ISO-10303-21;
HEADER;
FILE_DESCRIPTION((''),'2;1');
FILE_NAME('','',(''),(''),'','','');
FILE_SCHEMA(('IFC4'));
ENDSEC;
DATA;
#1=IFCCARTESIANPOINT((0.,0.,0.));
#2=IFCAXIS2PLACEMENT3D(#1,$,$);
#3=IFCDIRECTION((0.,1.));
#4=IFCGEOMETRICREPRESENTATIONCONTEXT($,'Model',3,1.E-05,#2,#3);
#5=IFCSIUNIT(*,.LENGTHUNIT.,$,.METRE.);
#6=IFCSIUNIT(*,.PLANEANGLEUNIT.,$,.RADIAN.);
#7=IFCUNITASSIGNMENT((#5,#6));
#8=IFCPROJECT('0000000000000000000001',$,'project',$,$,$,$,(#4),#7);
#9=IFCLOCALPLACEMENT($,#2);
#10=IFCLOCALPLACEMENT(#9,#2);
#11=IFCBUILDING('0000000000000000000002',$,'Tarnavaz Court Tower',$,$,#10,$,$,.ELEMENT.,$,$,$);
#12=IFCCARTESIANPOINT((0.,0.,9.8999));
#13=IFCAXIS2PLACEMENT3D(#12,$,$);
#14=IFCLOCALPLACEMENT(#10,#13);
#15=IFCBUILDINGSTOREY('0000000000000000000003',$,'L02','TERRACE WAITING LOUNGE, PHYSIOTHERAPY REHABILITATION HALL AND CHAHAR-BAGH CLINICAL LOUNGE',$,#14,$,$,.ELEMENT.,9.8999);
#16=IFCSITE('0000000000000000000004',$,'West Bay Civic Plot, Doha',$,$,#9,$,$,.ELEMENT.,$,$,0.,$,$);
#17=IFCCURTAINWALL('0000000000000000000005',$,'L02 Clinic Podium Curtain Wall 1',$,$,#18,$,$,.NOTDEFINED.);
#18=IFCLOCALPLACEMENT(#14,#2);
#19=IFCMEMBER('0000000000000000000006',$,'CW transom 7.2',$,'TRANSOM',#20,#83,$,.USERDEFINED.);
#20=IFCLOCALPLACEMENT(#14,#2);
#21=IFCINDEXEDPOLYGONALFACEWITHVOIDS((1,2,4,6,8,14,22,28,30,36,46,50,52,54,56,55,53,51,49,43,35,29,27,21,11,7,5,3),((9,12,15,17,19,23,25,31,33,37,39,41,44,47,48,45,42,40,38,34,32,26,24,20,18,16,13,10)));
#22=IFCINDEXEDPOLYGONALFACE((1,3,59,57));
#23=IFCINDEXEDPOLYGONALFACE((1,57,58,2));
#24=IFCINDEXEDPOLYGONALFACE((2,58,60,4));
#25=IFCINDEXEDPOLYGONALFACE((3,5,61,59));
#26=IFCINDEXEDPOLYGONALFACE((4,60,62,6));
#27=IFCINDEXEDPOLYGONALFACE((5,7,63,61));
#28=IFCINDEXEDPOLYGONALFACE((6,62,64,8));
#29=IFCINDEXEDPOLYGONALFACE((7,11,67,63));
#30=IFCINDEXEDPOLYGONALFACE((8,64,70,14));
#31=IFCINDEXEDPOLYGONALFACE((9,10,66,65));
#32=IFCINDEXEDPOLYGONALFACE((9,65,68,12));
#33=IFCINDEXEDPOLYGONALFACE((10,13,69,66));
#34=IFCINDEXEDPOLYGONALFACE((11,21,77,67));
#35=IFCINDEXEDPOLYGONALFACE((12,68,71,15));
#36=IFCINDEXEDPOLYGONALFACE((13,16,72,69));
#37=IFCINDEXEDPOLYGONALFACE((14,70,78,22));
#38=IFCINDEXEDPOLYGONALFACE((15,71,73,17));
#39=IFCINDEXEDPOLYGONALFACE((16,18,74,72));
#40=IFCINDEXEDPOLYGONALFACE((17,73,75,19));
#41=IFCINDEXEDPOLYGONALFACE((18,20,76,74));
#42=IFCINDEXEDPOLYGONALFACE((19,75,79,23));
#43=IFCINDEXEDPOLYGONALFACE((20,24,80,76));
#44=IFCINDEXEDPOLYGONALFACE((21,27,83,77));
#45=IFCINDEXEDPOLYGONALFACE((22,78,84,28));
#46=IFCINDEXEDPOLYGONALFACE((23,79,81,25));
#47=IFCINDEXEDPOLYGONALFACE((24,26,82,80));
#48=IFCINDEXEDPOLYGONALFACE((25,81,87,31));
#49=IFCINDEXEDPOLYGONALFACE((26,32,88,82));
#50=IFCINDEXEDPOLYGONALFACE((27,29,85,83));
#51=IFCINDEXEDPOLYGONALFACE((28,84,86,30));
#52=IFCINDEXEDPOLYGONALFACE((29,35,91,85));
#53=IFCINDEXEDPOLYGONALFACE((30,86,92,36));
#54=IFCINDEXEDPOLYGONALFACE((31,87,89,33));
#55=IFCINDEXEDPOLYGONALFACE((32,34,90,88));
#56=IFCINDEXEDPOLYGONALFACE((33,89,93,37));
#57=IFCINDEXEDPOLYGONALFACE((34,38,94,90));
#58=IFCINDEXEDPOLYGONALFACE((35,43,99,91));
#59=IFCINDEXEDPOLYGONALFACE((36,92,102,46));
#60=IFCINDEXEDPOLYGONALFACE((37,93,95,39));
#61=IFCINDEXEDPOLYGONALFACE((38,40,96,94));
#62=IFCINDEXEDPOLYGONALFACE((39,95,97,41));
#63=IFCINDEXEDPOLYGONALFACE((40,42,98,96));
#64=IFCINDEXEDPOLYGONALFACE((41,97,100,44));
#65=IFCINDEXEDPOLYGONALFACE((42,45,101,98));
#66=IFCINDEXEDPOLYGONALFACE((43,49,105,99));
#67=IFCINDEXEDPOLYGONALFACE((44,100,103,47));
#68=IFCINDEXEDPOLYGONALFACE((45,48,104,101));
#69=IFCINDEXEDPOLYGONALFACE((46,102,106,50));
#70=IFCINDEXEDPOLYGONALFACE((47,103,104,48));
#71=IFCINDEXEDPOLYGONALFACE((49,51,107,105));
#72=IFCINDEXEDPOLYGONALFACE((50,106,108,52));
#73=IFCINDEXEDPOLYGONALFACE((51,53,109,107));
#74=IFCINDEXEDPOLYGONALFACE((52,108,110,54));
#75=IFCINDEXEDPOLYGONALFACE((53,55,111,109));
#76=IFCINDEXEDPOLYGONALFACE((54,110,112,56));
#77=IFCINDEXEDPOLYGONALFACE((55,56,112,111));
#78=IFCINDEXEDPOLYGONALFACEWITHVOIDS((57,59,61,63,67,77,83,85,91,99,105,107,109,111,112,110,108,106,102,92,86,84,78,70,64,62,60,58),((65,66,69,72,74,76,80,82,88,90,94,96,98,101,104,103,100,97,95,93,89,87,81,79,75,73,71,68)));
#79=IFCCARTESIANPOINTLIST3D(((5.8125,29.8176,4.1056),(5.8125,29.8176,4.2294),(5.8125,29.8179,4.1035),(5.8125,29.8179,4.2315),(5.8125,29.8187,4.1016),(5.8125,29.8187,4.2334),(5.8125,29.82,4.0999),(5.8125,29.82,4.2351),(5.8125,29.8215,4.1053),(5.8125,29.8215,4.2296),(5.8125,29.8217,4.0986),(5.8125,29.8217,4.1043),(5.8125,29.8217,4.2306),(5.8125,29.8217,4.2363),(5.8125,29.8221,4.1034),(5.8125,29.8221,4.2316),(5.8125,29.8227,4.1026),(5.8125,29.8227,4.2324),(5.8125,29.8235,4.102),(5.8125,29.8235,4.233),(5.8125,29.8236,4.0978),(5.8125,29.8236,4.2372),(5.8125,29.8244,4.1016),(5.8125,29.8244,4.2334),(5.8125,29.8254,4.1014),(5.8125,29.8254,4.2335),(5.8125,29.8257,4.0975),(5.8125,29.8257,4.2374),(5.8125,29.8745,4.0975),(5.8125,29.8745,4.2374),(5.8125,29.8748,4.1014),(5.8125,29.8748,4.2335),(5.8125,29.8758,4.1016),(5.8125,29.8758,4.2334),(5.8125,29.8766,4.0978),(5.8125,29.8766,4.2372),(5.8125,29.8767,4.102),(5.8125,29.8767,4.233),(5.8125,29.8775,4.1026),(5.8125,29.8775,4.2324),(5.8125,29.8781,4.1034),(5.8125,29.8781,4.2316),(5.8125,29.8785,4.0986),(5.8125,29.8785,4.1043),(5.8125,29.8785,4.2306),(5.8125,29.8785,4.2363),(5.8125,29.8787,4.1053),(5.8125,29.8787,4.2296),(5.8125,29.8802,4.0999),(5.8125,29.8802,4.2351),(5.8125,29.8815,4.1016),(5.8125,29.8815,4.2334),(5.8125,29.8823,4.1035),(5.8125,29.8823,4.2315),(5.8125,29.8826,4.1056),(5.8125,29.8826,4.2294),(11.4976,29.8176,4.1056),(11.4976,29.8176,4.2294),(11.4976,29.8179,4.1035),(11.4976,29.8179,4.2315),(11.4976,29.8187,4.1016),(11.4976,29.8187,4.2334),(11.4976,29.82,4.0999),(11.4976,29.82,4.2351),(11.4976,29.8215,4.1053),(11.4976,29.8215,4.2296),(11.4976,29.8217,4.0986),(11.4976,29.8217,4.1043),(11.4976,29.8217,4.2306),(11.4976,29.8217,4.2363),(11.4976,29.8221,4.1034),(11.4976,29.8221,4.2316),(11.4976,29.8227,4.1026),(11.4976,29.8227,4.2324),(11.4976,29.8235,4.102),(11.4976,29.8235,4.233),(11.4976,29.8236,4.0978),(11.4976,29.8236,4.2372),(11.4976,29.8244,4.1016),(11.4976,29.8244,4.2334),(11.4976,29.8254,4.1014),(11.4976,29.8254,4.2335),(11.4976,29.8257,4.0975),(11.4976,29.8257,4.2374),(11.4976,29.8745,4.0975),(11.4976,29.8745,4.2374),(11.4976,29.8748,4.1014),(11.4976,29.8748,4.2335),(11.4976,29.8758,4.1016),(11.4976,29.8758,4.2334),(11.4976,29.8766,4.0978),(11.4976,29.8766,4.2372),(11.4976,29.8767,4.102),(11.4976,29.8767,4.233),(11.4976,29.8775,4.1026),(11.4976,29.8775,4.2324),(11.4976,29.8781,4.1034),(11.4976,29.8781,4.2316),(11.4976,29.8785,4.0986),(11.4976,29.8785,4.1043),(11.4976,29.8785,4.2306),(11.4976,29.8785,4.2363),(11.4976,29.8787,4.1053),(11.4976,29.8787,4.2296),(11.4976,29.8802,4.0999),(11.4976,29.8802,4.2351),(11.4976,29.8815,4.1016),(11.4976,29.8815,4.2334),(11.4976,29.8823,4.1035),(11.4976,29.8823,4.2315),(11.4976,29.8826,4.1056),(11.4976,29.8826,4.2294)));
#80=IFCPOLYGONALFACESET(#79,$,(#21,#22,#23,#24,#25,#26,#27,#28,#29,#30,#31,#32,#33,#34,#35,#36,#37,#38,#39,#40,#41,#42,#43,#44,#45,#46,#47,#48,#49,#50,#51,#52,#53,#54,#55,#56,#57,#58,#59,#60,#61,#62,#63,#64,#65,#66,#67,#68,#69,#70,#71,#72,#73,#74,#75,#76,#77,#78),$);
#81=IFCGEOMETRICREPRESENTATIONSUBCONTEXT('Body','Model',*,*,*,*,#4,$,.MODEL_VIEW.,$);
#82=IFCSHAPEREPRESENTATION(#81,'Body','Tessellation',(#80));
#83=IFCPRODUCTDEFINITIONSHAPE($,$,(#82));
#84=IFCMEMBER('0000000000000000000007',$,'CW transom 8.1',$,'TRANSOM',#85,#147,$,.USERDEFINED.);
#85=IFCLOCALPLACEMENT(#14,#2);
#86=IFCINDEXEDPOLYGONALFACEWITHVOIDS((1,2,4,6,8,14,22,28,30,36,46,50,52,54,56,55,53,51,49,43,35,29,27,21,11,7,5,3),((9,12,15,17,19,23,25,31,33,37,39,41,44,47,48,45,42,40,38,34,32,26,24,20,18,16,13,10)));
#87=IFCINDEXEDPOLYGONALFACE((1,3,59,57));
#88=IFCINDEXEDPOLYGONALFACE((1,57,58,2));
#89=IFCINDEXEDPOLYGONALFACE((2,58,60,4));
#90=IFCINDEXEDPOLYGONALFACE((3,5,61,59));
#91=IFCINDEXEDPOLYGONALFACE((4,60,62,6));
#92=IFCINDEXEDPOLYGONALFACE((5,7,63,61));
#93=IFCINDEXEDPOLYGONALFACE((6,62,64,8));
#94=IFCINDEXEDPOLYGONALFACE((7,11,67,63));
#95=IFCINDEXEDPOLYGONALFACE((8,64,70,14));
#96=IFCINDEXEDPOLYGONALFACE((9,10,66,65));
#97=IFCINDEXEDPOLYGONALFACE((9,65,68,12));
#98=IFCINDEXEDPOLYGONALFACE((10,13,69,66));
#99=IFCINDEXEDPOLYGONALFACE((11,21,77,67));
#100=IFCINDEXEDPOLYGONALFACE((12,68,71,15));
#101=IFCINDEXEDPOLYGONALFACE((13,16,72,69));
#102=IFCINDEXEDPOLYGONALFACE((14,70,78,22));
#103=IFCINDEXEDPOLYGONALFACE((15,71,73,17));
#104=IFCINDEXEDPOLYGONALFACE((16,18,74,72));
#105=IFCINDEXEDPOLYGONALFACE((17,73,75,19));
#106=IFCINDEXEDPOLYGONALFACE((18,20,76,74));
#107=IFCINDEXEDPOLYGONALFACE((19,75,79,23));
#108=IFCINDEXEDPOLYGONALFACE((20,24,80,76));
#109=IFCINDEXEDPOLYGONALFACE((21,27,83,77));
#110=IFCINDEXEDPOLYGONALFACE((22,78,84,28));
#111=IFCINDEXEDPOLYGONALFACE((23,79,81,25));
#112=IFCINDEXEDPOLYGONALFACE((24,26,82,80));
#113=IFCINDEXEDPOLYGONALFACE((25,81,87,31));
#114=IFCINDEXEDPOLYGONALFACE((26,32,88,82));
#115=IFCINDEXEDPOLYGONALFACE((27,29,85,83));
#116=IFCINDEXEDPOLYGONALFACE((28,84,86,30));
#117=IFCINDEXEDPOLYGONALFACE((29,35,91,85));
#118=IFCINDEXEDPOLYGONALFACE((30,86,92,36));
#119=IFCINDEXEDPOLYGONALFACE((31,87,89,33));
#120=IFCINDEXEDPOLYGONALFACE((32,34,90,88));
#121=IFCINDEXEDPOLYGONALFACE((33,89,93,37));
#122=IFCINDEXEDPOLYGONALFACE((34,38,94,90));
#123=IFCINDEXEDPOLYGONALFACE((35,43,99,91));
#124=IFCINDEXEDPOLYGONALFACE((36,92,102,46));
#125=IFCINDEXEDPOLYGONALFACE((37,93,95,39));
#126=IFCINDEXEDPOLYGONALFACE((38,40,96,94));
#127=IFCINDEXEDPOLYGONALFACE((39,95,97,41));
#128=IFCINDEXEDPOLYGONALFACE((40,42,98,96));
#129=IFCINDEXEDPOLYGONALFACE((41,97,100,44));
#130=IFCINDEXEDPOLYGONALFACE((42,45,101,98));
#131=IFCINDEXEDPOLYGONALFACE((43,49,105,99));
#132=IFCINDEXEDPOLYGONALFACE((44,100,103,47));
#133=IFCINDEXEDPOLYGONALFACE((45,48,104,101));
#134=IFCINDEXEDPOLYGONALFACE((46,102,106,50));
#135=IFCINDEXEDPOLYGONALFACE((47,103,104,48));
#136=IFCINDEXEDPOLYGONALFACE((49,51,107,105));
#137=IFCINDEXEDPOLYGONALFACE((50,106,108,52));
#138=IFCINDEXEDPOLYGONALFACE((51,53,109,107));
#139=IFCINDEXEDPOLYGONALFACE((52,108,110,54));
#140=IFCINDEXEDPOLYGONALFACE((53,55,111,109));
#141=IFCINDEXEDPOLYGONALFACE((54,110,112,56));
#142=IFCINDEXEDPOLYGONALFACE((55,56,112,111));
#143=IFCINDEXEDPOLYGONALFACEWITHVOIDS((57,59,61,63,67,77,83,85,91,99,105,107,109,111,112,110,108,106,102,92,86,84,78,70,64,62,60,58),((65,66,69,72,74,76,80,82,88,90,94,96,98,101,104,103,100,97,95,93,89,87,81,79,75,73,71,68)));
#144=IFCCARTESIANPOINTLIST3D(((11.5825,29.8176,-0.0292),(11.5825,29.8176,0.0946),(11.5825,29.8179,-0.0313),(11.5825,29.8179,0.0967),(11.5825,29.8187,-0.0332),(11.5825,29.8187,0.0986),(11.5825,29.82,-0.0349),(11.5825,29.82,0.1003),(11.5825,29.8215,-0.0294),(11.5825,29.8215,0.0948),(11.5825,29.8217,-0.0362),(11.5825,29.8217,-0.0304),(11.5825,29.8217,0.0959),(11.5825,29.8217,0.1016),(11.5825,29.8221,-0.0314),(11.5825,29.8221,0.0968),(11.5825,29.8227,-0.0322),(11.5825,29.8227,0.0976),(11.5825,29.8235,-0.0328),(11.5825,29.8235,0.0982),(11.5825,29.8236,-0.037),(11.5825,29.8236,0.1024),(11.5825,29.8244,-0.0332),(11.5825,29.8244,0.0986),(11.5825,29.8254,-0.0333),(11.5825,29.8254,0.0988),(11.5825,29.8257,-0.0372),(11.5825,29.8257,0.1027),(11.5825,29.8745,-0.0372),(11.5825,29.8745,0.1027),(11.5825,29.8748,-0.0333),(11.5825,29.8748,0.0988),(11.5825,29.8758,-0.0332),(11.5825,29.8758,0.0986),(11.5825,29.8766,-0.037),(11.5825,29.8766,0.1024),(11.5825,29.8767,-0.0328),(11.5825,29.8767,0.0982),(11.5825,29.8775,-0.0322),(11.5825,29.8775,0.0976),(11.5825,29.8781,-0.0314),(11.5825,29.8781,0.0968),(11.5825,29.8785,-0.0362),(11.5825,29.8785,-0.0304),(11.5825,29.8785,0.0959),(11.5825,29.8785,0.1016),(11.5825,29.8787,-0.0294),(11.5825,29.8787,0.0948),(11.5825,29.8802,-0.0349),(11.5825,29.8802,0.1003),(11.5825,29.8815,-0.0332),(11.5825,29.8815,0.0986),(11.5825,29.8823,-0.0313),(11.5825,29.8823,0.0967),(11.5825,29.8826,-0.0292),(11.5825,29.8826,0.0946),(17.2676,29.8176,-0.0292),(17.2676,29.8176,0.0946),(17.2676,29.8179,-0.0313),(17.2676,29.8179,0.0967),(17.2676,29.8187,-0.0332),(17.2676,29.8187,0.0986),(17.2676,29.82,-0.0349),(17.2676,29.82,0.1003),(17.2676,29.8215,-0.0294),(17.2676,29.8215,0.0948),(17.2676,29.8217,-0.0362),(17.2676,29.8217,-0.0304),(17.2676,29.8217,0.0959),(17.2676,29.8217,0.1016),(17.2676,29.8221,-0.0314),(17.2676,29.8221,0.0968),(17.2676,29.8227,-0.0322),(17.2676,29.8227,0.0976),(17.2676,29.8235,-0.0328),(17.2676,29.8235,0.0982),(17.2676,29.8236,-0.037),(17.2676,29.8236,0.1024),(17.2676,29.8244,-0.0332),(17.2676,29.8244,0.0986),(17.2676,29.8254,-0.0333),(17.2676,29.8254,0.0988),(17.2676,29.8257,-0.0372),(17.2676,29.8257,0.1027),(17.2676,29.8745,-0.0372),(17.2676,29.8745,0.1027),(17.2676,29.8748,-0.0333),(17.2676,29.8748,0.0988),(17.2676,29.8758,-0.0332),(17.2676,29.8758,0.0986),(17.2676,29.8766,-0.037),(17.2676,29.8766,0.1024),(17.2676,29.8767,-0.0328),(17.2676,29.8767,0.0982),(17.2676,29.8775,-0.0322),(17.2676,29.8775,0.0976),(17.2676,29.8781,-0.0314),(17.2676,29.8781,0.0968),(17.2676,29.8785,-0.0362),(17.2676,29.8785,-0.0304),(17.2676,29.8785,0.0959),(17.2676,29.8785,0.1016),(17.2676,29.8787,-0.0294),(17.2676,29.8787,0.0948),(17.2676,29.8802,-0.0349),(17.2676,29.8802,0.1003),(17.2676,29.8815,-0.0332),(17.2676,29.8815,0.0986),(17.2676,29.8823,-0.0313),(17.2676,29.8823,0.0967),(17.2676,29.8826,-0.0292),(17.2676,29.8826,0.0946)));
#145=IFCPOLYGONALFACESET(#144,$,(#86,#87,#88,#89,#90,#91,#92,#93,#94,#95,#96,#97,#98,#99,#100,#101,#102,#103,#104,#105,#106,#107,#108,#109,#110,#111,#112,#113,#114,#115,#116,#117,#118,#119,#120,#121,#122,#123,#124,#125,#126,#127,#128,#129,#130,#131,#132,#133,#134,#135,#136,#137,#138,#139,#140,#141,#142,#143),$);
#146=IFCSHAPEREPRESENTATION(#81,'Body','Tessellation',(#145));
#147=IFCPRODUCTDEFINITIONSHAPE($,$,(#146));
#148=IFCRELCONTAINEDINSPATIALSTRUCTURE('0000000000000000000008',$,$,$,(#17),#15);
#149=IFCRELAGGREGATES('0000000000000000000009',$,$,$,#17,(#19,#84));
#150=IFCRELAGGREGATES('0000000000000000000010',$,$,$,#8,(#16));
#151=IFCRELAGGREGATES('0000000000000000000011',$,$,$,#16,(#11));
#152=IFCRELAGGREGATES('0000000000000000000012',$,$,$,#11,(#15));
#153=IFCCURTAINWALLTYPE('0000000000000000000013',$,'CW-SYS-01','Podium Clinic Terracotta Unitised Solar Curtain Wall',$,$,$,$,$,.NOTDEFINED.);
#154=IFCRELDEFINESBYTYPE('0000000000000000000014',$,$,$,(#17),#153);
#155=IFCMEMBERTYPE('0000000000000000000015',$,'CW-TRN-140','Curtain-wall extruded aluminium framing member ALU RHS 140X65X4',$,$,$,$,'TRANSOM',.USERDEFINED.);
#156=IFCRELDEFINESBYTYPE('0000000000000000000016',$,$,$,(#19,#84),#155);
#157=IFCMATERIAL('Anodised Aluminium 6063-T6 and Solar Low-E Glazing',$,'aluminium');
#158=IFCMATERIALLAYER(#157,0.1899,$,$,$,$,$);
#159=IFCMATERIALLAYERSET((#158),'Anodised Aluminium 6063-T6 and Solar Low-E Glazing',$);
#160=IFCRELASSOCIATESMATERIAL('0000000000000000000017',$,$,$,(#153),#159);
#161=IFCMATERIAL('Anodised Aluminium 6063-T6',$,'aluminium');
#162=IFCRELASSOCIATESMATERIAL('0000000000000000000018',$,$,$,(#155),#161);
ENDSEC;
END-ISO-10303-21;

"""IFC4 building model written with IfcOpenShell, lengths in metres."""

from ifc_helpers import new_model, si_unit, direction, frame, origin, origin_2d, place, context, subcontext, project, spatial, hollow_rectangle, extrude, material, layer, layer_set, material_profile, profile_set, type_object, element, aggregate, save


model = new_model("IFC4")

# Units and contexts
model_context = context("Model", 3, precision=1e-05, world=origin(), true_north=direction((0.0, 1.0)))
body_context = subcontext(model_context, "Body", "Model", "MODEL_VIEW")
ifc_project = project(units=[si_unit("LENGTHUNIT", "METRE"), si_unit("PLANEANGLEUNIT", "RADIAN")], contexts=[model_context])

# Site, building, storey
site_placement = place(None, origin())
site = spatial("IfcSite", under=ifc_project, at=site_placement, Name="West Bay Civic Plot, Doha", CompositionType="ELEMENT", RefElevation=0.0)
building_placement = place(site_placement, origin())
building = spatial("IfcBuilding", under=site, at=building_placement, Name="Tarnavaz Court Tower", CompositionType="ELEMENT")
storey_placement = place(building_placement, frame((0.0, 0.0, 9.8999)))
storey = spatial("IfcBuildingStorey", under=building, at=storey_placement, Name="L02", Description="TERRACE WAITING LOUNGE, PHYSIOTHERAPY REHABILITATION HALL AND CHAHAR-BAGH CLINICAL LOUNGE", CompositionType="ELEMENT", Elevation=9.8999)

# Curtain wall, members
ifc_material_1 = material(Name="Anodised Aluminium 6063-T6 and Solar Low-E Glazing", Category="aluminium")
ifc_layer_1 = layer(ifc_material_1, 0.1899)
ifc_layer_set_1 = layer_set([ifc_layer_1], Name="Anodised Aluminium 6063-T6 and Solar Low-E Glazing")
curtain_wall_type = type_object("IfcCurtainWallType", Name="CW-SYS-01", Description="Podium Clinic Terracotta Unitised Solar Curtain Wall", PredefinedType="NOTDEFINED", material=ifc_layer_set_1)
curtain_wall_placement = place(storey_placement, origin())
curtain_wall = element("IfcCurtainWall", 1, at=curtain_wall_placement, inside=storey, type_object=curtain_wall_type, Name="L02 Clinic Podium Curtain Wall 1", PredefinedType="NOTDEFINED")
ifc_material_2 = material(Name="Anodised Aluminium 6063-T6", Category="aluminium")
ifc_material_profile_1 = material_profile(ifc_material_2, hollow_rectangle(XDim=0.0649, YDim=0.1399, WallThickness=0.0039, InnerFilletRadius=0.0039, OuterFilletRadius=0.0081, at=origin_2d()), Name="ALU RHS 140X65X4")
ifc_profile_set_1 = profile_set([ifc_material_profile_1], Name="Anodised Aluminium 6063-T6")
member_type_1 = type_object("IfcMemberType", Name="CW-TRN-140", Description="Curtain-wall extruded aluminium framing member ALU RHS 140X65X4", ElementType="TRANSOM", PredefinedType="USERDEFINED", material=ifc_profile_set_1)
member_1_placement = place(storey_placement, frame((5.8125, 29.8501, 4.1675), z_axis=(1.0, 0.0, 0.0), x_axis=(0.0, 1.0, 0.0)))
member_1 = element("IfcMember", 2, at=member_1_placement, type_object=member_type_1, Name="CW transom 7.2", ObjectType="TRANSOM", PredefinedType="USERDEFINED", context=body_context, shape_type="SweptSolid", body=[
    extrude(hollow_rectangle(XDim=0.0649, YDim=0.1399, WallThickness=0.0039, InnerFilletRadius=0.0039, OuterFilletRadius=0.0081, at=origin_2d()), origin(), (0.0, 0.0, 1.0), 5.6851),
])
member_2_placement = place(storey_placement, frame((11.5825, 29.8501, 0.0327), z_axis=(1.0, 0.0, 0.0), x_axis=(0.0, 1.0, 0.0)))
member_2 = element("IfcMember", 3, at=member_2_placement, type_object=member_type_1, Name="CW transom 8.1", ObjectType="TRANSOM", PredefinedType="USERDEFINED", context=body_context, shape_type="SweptSolid", body=[
    extrude(hollow_rectangle(XDim=0.0649, YDim=0.1399, WallThickness=0.0039, InnerFilletRadius=0.0039, OuterFilletRadius=0.0081, at=origin_2d()), origin(), (0.0, 0.0, 1.0), 5.6851),
])
aggregate(curtain_wall, [member_1, member_2])

save(model, "model.ifc")
